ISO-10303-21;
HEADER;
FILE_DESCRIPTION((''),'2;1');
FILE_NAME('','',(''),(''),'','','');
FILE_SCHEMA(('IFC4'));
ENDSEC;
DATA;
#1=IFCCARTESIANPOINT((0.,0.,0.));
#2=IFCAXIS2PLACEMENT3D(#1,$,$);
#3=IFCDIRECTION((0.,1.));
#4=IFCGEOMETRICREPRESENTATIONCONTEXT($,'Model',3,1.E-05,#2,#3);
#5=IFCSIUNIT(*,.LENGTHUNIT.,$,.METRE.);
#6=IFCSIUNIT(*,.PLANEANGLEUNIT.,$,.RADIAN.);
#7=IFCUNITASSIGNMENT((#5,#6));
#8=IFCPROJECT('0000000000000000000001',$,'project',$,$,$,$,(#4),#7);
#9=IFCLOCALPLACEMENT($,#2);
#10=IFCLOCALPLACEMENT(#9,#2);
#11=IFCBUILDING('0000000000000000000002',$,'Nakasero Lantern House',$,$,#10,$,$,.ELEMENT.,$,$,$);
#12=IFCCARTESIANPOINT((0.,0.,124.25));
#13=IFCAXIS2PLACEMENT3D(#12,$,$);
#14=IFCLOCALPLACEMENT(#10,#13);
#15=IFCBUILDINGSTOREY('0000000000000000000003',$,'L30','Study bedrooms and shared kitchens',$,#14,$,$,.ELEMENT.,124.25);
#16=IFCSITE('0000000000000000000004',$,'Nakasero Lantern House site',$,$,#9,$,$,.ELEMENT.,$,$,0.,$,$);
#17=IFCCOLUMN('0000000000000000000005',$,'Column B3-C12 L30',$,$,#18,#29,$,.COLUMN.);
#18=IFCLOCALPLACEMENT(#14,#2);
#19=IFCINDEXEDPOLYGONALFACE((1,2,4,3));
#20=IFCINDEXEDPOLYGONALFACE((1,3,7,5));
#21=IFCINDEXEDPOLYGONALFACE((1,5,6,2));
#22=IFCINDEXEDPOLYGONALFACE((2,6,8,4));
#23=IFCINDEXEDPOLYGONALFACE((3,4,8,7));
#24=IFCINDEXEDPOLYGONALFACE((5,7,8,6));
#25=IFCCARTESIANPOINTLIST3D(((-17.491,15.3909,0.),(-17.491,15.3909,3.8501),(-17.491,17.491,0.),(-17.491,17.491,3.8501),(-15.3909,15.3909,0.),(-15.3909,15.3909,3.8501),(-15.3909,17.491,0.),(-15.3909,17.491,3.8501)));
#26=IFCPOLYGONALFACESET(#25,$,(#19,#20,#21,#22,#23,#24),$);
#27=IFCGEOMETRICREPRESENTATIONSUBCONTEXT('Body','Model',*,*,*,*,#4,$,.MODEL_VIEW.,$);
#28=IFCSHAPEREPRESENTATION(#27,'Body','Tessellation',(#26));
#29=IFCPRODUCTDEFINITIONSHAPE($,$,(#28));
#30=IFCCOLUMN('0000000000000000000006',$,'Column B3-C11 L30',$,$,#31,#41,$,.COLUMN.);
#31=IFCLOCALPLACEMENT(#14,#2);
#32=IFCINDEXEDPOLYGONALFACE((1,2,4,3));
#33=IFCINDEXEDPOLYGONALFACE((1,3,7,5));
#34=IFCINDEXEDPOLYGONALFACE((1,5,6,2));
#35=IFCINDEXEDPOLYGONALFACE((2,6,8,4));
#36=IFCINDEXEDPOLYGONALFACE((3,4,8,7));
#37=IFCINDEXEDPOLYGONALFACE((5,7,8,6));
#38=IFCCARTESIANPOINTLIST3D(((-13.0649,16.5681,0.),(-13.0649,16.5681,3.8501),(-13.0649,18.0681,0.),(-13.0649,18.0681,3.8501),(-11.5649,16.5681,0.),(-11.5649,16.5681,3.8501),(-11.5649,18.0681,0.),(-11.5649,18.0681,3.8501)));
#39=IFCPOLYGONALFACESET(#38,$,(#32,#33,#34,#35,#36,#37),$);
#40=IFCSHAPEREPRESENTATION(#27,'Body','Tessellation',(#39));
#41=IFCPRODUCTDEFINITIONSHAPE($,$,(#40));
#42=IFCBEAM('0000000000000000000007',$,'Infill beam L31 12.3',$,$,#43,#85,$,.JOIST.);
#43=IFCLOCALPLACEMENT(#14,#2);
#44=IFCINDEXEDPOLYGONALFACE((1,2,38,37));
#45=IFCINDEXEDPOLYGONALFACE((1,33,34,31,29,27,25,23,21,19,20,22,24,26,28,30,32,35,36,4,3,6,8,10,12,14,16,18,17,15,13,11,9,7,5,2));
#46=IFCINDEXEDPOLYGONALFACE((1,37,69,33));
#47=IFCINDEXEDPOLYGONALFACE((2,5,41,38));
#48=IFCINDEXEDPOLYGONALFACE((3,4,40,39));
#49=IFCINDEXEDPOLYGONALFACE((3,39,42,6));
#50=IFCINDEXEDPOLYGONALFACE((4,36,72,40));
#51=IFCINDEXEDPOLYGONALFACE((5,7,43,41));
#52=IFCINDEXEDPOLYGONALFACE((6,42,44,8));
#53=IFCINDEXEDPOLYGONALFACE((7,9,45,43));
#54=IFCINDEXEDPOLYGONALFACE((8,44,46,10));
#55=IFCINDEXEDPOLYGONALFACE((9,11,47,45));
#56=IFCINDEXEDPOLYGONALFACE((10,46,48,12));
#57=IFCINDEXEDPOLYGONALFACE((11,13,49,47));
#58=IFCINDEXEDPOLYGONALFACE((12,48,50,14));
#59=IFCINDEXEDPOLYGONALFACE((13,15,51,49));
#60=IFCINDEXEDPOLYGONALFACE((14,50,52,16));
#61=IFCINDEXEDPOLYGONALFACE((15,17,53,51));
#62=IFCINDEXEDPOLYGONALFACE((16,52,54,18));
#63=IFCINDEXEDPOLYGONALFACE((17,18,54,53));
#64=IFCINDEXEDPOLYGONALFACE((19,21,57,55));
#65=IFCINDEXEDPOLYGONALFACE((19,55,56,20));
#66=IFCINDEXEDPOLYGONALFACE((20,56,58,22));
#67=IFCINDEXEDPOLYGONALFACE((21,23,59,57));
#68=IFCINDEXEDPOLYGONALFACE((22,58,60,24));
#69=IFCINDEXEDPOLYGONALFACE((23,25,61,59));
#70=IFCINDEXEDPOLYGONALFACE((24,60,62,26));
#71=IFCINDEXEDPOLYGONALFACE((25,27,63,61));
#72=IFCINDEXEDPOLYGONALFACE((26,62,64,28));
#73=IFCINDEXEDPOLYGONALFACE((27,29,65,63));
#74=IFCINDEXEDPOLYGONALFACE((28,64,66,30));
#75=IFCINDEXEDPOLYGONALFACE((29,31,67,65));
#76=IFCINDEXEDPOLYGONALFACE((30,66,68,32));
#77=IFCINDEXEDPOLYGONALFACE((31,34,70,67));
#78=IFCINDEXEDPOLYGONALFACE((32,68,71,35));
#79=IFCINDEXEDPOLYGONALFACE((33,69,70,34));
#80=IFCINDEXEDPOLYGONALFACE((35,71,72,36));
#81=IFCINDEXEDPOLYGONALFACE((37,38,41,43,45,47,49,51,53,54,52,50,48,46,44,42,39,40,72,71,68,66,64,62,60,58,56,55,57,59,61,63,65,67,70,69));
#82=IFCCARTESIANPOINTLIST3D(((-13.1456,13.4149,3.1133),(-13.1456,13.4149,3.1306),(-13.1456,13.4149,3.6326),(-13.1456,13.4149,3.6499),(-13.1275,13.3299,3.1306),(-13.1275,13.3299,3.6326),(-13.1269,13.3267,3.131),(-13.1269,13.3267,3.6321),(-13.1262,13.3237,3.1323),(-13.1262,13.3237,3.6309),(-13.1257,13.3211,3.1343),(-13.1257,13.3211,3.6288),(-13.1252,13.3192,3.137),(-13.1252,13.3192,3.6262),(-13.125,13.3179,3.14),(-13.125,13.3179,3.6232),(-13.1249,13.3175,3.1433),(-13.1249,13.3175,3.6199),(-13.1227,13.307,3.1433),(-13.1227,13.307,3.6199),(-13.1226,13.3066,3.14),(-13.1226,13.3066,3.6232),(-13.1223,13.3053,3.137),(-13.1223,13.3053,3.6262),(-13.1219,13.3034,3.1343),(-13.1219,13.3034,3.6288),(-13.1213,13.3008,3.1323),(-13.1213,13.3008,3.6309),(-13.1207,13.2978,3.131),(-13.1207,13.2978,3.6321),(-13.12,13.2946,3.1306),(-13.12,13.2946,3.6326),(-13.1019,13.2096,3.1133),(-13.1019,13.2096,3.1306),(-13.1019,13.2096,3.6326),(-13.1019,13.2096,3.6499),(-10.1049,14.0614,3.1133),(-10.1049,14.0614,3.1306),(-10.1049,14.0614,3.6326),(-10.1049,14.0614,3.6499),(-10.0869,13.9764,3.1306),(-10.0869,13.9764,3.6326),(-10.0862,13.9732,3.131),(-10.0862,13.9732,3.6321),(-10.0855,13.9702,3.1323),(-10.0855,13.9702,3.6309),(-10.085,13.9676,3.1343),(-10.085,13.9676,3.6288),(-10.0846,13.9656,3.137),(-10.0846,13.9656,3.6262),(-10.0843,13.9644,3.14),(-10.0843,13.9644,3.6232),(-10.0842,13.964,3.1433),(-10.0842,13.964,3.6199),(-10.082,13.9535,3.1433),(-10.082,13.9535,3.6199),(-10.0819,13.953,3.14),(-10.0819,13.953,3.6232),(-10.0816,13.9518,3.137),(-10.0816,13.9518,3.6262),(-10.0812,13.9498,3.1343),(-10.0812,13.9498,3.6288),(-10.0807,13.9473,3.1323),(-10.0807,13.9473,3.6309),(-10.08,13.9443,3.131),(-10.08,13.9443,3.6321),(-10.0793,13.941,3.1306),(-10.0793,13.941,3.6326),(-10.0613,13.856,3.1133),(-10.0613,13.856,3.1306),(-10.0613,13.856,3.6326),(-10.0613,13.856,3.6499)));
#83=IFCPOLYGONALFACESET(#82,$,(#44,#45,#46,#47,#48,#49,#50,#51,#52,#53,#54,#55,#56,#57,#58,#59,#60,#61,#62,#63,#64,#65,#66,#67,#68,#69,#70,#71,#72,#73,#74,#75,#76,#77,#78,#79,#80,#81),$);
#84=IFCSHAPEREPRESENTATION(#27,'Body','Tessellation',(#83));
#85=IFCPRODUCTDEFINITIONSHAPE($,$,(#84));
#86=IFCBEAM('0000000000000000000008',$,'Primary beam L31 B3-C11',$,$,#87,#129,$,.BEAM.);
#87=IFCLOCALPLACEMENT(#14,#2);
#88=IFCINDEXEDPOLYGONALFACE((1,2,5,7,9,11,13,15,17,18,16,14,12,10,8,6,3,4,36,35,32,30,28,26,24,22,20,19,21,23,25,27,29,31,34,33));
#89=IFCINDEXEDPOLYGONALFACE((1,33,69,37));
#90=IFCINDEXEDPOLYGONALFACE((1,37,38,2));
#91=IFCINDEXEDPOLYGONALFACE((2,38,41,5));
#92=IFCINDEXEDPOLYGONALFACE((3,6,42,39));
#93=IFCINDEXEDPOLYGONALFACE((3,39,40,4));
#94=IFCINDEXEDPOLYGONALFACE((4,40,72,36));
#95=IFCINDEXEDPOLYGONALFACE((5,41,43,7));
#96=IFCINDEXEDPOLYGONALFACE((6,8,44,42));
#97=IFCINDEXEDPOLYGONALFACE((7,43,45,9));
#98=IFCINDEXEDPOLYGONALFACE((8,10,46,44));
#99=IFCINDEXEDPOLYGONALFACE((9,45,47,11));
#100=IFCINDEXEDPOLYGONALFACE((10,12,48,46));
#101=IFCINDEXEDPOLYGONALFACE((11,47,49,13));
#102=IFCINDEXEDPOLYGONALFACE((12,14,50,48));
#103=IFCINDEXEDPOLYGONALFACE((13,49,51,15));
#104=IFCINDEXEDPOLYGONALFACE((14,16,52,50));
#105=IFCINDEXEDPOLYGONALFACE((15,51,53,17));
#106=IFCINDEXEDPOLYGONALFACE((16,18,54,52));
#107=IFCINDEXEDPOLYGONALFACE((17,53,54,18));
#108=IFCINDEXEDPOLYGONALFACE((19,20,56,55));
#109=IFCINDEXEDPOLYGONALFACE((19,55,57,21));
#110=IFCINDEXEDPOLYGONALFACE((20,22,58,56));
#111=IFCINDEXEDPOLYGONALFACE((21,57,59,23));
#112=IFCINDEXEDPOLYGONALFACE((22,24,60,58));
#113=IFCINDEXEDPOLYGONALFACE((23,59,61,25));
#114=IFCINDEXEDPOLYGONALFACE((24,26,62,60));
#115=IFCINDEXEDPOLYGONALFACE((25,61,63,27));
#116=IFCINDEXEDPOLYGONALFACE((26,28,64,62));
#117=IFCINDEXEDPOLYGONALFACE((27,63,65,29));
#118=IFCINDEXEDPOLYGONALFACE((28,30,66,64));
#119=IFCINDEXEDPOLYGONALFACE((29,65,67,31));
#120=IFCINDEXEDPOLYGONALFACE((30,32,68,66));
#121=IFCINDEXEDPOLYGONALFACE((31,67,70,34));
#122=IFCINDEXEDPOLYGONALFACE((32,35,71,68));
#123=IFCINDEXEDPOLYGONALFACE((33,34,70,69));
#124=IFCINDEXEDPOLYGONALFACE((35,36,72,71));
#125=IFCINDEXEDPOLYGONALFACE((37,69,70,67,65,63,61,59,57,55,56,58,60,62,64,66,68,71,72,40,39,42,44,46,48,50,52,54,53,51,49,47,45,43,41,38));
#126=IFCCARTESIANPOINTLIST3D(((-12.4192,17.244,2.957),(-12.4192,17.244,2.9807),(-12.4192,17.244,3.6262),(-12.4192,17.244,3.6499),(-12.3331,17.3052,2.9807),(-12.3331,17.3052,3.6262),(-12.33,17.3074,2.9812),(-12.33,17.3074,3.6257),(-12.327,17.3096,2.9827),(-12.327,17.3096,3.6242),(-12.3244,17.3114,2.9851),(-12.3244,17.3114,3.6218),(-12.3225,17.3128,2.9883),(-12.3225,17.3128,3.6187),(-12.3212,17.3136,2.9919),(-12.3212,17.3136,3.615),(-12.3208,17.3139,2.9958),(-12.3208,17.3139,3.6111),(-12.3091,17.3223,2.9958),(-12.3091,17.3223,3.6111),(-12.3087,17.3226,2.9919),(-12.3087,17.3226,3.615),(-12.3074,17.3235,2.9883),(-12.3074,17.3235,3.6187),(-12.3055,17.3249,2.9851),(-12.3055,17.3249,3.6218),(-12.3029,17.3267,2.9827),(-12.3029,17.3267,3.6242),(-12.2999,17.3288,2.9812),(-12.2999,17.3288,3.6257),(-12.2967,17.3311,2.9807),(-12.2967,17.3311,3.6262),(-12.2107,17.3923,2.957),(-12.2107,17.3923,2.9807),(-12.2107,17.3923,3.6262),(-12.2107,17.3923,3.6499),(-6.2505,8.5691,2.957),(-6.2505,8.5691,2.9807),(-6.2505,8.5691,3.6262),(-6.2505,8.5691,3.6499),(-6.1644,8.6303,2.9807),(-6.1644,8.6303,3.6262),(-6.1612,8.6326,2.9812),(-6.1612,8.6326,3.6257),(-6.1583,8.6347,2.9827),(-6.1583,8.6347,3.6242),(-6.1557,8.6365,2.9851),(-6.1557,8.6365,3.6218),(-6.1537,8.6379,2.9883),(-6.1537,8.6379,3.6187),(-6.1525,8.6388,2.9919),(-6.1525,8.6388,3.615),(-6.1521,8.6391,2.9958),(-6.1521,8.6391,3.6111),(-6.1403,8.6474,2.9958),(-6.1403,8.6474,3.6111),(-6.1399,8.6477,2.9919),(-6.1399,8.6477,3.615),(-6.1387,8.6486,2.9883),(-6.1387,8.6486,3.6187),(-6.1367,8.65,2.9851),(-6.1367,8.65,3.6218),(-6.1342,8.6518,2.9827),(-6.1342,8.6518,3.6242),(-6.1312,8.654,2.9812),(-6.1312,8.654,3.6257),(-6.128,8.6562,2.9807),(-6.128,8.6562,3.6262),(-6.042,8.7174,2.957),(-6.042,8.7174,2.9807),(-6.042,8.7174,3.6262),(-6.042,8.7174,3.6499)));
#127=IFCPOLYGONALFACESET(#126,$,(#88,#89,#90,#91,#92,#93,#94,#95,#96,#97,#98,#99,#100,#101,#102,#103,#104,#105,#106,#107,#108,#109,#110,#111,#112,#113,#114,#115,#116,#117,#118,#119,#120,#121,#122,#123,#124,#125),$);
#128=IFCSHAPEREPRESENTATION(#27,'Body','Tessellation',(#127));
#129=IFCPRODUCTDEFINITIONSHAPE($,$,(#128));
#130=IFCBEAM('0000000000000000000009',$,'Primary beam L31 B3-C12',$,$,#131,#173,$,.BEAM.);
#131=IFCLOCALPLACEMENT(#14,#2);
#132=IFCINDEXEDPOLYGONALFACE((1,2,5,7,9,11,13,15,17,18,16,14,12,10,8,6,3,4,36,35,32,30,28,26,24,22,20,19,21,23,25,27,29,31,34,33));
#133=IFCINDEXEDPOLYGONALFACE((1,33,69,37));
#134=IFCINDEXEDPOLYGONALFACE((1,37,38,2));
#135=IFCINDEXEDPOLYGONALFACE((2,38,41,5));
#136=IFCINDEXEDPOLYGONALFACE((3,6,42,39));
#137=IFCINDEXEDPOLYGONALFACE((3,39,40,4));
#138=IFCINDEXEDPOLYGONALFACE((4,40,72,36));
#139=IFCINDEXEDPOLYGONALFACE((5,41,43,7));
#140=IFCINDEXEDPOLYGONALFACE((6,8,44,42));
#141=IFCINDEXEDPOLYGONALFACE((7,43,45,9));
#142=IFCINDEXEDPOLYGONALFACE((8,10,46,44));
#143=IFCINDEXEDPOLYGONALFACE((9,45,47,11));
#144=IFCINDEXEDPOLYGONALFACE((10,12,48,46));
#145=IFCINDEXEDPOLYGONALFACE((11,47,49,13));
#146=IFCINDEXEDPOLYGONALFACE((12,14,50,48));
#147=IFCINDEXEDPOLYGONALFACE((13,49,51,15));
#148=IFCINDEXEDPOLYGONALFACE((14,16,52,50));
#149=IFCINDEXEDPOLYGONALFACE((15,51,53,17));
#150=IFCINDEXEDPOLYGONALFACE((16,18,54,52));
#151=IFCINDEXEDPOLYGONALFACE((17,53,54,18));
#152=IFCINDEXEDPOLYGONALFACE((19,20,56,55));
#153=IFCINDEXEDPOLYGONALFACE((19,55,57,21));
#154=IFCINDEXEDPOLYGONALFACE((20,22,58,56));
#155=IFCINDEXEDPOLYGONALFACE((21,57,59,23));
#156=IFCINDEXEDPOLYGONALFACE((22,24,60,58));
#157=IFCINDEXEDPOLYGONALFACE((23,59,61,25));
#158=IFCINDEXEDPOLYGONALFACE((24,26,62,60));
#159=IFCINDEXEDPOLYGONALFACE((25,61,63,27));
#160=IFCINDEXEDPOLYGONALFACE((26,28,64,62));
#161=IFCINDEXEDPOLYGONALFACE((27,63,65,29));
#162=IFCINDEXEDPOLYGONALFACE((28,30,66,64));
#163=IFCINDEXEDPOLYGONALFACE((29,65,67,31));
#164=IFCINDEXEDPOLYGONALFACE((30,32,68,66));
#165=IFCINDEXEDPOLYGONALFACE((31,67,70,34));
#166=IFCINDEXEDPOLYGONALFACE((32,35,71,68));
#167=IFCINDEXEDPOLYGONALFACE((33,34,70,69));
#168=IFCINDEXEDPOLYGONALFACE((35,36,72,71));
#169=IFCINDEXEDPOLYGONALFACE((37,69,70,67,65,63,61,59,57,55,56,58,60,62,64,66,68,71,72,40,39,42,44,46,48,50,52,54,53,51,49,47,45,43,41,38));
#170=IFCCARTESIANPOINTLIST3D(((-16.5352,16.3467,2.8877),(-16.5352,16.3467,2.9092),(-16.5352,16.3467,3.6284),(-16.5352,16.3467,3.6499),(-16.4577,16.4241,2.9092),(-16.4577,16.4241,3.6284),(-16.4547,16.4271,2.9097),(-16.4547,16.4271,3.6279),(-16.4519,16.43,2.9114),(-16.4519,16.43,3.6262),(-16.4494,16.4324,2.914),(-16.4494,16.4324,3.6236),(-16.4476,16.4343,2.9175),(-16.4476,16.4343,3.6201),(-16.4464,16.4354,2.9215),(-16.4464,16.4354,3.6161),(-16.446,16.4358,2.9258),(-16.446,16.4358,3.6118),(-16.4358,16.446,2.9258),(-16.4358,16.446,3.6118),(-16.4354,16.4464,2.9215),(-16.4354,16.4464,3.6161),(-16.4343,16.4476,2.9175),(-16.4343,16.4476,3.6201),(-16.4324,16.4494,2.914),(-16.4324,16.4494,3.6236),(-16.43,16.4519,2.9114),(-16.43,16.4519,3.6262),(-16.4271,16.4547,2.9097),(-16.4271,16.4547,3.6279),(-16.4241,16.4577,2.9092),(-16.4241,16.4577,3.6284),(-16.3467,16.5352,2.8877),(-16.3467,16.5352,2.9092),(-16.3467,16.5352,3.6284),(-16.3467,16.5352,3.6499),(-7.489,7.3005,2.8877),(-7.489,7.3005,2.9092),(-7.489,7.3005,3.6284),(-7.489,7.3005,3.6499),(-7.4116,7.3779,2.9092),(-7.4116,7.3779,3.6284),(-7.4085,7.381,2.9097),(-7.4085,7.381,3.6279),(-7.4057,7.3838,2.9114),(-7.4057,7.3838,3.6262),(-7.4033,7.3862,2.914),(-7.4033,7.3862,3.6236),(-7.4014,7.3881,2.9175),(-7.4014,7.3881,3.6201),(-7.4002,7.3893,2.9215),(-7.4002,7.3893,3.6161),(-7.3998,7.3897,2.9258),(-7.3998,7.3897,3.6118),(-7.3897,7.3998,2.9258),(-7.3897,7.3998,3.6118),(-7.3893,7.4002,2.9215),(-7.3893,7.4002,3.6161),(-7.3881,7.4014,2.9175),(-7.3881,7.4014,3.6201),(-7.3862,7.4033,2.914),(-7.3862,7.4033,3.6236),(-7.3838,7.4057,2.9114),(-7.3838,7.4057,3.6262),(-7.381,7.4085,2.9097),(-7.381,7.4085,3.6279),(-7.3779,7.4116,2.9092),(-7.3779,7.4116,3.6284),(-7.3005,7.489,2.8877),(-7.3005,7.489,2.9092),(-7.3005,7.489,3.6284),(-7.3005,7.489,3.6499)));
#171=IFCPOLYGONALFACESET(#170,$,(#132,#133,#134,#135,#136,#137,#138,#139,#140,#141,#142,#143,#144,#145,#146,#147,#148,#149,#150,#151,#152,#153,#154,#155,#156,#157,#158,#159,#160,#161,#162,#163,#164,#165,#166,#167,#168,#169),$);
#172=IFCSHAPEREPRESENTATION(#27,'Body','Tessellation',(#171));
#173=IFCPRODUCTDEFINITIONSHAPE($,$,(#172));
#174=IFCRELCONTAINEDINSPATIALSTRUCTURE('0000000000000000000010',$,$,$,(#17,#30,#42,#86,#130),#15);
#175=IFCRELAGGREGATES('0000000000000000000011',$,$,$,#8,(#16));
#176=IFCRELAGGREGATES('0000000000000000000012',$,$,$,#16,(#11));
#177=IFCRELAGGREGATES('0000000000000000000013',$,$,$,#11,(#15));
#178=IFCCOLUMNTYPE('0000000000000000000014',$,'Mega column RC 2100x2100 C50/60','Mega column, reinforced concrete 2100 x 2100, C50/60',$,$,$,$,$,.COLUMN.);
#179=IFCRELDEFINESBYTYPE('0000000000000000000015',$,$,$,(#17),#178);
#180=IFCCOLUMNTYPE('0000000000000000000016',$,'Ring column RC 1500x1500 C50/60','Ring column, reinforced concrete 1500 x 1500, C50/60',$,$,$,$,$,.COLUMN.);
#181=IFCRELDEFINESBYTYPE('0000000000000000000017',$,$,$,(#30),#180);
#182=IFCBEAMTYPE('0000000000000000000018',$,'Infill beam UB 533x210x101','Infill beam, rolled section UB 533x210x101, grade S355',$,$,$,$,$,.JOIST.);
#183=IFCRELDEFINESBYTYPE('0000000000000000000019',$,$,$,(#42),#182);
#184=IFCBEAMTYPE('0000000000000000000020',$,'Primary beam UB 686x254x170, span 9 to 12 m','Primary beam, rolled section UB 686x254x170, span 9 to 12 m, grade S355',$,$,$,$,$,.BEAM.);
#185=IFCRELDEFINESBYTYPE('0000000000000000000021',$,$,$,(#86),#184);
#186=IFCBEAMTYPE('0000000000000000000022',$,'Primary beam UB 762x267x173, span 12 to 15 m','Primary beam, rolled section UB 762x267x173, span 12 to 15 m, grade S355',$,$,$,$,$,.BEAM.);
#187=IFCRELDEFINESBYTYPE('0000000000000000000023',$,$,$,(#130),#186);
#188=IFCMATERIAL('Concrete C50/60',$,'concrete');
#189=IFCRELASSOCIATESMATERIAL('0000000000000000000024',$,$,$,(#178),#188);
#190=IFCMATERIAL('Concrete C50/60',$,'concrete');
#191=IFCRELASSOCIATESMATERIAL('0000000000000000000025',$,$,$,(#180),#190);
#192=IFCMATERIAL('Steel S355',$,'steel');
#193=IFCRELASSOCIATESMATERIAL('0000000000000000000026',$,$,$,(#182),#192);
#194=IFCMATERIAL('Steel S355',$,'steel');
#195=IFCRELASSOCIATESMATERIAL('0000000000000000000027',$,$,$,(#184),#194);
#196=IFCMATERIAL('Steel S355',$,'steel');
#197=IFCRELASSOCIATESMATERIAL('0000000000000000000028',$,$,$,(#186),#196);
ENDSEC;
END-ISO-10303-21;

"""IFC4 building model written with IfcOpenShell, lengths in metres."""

from ifc_helpers import new_model, si_unit, direction, frame, origin, origin_2d, place, context, subcontext, project, spatial, rectangle, i_section, extrude, material, material_profile, profile_set, type_object, element, save


model = new_model("IFC4")

# Units and contexts
model_context = context("Model", 3, precision=1e-05, world=origin(), true_north=direction((0.0, 1.0)))
body_context = subcontext(model_context, "Body", "Model", "MODEL_VIEW")
ifc_project = project(units=[si_unit("LENGTHUNIT", "METRE"), si_unit("PLANEANGLEUNIT", "RADIAN")], contexts=[model_context])

# Site, building, storey
site_placement = place(None, origin())
site = spatial("IfcSite", under=ifc_project, at=site_placement, Name="Nakasero Lantern House site", CompositionType="ELEMENT", RefElevation=0.0)
building_placement = place(site_placement, origin())
building = spatial("IfcBuilding", under=site, at=building_placement, Name="Nakasero Lantern House", CompositionType="ELEMENT")
storey_placement = place(building_placement, frame((0.0, 0.0, 124.25)))
storey = spatial("IfcBuildingStorey", under=building, at=storey_placement, Name="L30", Description="Study bedrooms and shared kitchens", CompositionType="ELEMENT", Elevation=124.25)

# Columns
ifc_material_1 = material(Name="Concrete C50/60", Category="concrete")
ifc_material_profile_1 = material_profile(ifc_material_1, rectangle(XDim=2.1001, YDim=2.1001, at=origin_2d()), Name="RC 2100x2100")
ifc_profile_set_1 = profile_set([ifc_material_profile_1], Name="Concrete C50/60")
column_type_1 = type_object("IfcColumnType", Name="Mega column RC 2100x2100 C50/60", Description="Mega column, reinforced concrete 2100 x 2100, C50/60", PredefinedType="COLUMN", material=ifc_profile_set_1)
column_1_placement = place(storey_placement, frame((-16.4409, 16.4409, 0.0), z_axis=(0.0, 0.0, 1.0), x_axis=(1.0, 0.0, 0.0)))
element("IfcColumn", 1, at=column_1_placement, inside=storey, type_object=column_type_1, Name="Column B3-C12 L30", PredefinedType="COLUMN", context=body_context, shape_type="SweptSolid", body=[
    extrude(rectangle(XDim=2.1001, YDim=2.1001, at=origin_2d()), origin(), (0.0, 0.0, 1.0), 3.8501),
])
ifc_material_2 = material(Name="Concrete C50/60", Category="concrete")
ifc_material_profile_2 = material_profile(ifc_material_2, rectangle(XDim=1.5, YDim=1.5, at=origin_2d()), Name="RC 1500x1500")
ifc_profile_set_2 = profile_set([ifc_material_profile_2], Name="Concrete C50/60")
column_type_2 = type_object("IfcColumnType", Name="Ring column RC 1500x1500 C50/60", Description="Ring column, reinforced concrete 1500 x 1500, C50/60", PredefinedType="COLUMN", material=ifc_profile_set_2)
column_2_placement = place(storey_placement, frame((-12.3149, 17.3181, 0.0), z_axis=(0.0, 0.0, 1.0), x_axis=(1.0, 0.0, 0.0)))
element("IfcColumn", 2, at=column_2_placement, inside=storey, type_object=column_type_2, Name="Column B3-C11 L30", PredefinedType="COLUMN", context=body_context, shape_type="SweptSolid", body=[
    extrude(rectangle(XDim=1.5, YDim=1.5, at=origin_2d()), origin(), (0.0, 0.0, 1.0), 3.8501),
])

# Beams
ifc_material_3 = material(Name="Steel S355", Category="steel")
ifc_material_profile_3 = material_profile(ifc_material_3, i_section(OverallWidth=0.21, OverallDepth=0.5366, WebThickness=0.0107, FlangeThickness=0.0173, FilletRadius=0.0127, at=origin_2d()), Name="UB 533x210x101")
ifc_profile_set_3 = profile_set([ifc_material_profile_3], Name="Steel S355")
beam_type_1 = type_object("IfcBeamType", Name="Infill beam UB 533x210x101", Description="Infill beam, rolled section UB 533x210x101, grade S355", PredefinedType="JOIST", material=ifc_profile_set_3)
beam_1_placement = place(storey_placement, frame((-13.1238, 13.3123, 3.3816), z_axis=(0.978138, 0.207957, 0.0), x_axis=(-0.207957, 0.978138, 0.0)))
element("IfcBeam", 3, at=beam_1_placement, inside=storey, type_object=beam_type_1, Name="Infill beam L31 12.3", PredefinedType="JOIST", context=body_context, shape_type="SweptSolid", body=[
    extrude(i_section(OverallWidth=0.21, OverallDepth=0.5366, WebThickness=0.0107, FlangeThickness=0.0173, FilletRadius=0.0127, at=origin_2d()), origin(), (0.0, 0.0, 1.0), 3.1086),
])
ifc_material_4 = material(Name="Steel S355", Category="steel")
ifc_material_profile_4 = material_profile(ifc_material_4, i_section(OverallWidth=0.2559, OverallDepth=0.6929, WebThickness=0.0144, FlangeThickness=0.0237, FilletRadius=0.0151, at=origin_2d()), Name="UB 686x254x170")
ifc_profile_set_4 = profile_set([ifc_material_profile_4], Name="Steel S355")
beam_type_2 = type_object("IfcBeamType", Name="Primary beam UB 686x254x170, span 9 to 12 m", Description="Primary beam, rolled section UB 686x254x170, span 9 to 12 m, grade S355", PredefinedType="BEAM", material=ifc_profile_set_4)
beam_2_placement = place(storey_placement, frame((-12.3149, 17.3181, 3.3035), z_axis=(0.579521, -0.814957, 0.0), x_axis=(0.814957, 0.579521, 0.0)))
element("IfcBeam", 4, at=beam_2_placement, inside=storey, type_object=beam_type_2, Name="Primary beam L31 B3-C11", PredefinedType="BEAM", context=body_context, shape_type="SweptSolid", body=[
    extrude(i_section(OverallWidth=0.2559, OverallDepth=0.6929, WebThickness=0.0144, FlangeThickness=0.0237, FilletRadius=0.0151, at=origin_2d()), origin(), (0.0, 0.0, 1.0), 10.6445),
])
ifc_material_5 = material(Name="Steel S355", Category="steel")
ifc_material_profile_5 = material_profile(ifc_material_5, i_section(OverallWidth=0.2666, OverallDepth=0.7622, WebThickness=0.0144, FlangeThickness=0.0215, FilletRadius=0.0166, at=origin_2d()), Name="UB 762x267x173")
ifc_profile_set_5 = profile_set([ifc_material_profile_5], Name="Steel S355")
beam_type_3 = type_object("IfcBeamType", Name="Primary beam UB 762x267x173, span 12 to 15 m", Description="Primary beam, rolled section UB 762x267x173, span 12 to 15 m, grade S355", PredefinedType="BEAM", material=ifc_profile_set_5)
beam_3_placement = place(storey_placement, frame((-16.4409, 16.4409, 3.2688), z_axis=(0.707107, -0.707107, 0.0), x_axis=(0.707107, 0.707107, 0.0)))
element("IfcBeam", 5, at=beam_3_placement, inside=storey, type_object=beam_type_3, Name="Primary beam L31 B3-C12", PredefinedType="BEAM", context=body_context, shape_type="SweptSolid", body=[
    extrude(i_section(OverallWidth=0.2666, OverallDepth=0.7622, WebThickness=0.0144, FlangeThickness=0.0215, FilletRadius=0.0166, at=origin_2d()), origin(), (0.0, 0.0, 1.0), 12.7932),
])

save(model, "model.ifc")
